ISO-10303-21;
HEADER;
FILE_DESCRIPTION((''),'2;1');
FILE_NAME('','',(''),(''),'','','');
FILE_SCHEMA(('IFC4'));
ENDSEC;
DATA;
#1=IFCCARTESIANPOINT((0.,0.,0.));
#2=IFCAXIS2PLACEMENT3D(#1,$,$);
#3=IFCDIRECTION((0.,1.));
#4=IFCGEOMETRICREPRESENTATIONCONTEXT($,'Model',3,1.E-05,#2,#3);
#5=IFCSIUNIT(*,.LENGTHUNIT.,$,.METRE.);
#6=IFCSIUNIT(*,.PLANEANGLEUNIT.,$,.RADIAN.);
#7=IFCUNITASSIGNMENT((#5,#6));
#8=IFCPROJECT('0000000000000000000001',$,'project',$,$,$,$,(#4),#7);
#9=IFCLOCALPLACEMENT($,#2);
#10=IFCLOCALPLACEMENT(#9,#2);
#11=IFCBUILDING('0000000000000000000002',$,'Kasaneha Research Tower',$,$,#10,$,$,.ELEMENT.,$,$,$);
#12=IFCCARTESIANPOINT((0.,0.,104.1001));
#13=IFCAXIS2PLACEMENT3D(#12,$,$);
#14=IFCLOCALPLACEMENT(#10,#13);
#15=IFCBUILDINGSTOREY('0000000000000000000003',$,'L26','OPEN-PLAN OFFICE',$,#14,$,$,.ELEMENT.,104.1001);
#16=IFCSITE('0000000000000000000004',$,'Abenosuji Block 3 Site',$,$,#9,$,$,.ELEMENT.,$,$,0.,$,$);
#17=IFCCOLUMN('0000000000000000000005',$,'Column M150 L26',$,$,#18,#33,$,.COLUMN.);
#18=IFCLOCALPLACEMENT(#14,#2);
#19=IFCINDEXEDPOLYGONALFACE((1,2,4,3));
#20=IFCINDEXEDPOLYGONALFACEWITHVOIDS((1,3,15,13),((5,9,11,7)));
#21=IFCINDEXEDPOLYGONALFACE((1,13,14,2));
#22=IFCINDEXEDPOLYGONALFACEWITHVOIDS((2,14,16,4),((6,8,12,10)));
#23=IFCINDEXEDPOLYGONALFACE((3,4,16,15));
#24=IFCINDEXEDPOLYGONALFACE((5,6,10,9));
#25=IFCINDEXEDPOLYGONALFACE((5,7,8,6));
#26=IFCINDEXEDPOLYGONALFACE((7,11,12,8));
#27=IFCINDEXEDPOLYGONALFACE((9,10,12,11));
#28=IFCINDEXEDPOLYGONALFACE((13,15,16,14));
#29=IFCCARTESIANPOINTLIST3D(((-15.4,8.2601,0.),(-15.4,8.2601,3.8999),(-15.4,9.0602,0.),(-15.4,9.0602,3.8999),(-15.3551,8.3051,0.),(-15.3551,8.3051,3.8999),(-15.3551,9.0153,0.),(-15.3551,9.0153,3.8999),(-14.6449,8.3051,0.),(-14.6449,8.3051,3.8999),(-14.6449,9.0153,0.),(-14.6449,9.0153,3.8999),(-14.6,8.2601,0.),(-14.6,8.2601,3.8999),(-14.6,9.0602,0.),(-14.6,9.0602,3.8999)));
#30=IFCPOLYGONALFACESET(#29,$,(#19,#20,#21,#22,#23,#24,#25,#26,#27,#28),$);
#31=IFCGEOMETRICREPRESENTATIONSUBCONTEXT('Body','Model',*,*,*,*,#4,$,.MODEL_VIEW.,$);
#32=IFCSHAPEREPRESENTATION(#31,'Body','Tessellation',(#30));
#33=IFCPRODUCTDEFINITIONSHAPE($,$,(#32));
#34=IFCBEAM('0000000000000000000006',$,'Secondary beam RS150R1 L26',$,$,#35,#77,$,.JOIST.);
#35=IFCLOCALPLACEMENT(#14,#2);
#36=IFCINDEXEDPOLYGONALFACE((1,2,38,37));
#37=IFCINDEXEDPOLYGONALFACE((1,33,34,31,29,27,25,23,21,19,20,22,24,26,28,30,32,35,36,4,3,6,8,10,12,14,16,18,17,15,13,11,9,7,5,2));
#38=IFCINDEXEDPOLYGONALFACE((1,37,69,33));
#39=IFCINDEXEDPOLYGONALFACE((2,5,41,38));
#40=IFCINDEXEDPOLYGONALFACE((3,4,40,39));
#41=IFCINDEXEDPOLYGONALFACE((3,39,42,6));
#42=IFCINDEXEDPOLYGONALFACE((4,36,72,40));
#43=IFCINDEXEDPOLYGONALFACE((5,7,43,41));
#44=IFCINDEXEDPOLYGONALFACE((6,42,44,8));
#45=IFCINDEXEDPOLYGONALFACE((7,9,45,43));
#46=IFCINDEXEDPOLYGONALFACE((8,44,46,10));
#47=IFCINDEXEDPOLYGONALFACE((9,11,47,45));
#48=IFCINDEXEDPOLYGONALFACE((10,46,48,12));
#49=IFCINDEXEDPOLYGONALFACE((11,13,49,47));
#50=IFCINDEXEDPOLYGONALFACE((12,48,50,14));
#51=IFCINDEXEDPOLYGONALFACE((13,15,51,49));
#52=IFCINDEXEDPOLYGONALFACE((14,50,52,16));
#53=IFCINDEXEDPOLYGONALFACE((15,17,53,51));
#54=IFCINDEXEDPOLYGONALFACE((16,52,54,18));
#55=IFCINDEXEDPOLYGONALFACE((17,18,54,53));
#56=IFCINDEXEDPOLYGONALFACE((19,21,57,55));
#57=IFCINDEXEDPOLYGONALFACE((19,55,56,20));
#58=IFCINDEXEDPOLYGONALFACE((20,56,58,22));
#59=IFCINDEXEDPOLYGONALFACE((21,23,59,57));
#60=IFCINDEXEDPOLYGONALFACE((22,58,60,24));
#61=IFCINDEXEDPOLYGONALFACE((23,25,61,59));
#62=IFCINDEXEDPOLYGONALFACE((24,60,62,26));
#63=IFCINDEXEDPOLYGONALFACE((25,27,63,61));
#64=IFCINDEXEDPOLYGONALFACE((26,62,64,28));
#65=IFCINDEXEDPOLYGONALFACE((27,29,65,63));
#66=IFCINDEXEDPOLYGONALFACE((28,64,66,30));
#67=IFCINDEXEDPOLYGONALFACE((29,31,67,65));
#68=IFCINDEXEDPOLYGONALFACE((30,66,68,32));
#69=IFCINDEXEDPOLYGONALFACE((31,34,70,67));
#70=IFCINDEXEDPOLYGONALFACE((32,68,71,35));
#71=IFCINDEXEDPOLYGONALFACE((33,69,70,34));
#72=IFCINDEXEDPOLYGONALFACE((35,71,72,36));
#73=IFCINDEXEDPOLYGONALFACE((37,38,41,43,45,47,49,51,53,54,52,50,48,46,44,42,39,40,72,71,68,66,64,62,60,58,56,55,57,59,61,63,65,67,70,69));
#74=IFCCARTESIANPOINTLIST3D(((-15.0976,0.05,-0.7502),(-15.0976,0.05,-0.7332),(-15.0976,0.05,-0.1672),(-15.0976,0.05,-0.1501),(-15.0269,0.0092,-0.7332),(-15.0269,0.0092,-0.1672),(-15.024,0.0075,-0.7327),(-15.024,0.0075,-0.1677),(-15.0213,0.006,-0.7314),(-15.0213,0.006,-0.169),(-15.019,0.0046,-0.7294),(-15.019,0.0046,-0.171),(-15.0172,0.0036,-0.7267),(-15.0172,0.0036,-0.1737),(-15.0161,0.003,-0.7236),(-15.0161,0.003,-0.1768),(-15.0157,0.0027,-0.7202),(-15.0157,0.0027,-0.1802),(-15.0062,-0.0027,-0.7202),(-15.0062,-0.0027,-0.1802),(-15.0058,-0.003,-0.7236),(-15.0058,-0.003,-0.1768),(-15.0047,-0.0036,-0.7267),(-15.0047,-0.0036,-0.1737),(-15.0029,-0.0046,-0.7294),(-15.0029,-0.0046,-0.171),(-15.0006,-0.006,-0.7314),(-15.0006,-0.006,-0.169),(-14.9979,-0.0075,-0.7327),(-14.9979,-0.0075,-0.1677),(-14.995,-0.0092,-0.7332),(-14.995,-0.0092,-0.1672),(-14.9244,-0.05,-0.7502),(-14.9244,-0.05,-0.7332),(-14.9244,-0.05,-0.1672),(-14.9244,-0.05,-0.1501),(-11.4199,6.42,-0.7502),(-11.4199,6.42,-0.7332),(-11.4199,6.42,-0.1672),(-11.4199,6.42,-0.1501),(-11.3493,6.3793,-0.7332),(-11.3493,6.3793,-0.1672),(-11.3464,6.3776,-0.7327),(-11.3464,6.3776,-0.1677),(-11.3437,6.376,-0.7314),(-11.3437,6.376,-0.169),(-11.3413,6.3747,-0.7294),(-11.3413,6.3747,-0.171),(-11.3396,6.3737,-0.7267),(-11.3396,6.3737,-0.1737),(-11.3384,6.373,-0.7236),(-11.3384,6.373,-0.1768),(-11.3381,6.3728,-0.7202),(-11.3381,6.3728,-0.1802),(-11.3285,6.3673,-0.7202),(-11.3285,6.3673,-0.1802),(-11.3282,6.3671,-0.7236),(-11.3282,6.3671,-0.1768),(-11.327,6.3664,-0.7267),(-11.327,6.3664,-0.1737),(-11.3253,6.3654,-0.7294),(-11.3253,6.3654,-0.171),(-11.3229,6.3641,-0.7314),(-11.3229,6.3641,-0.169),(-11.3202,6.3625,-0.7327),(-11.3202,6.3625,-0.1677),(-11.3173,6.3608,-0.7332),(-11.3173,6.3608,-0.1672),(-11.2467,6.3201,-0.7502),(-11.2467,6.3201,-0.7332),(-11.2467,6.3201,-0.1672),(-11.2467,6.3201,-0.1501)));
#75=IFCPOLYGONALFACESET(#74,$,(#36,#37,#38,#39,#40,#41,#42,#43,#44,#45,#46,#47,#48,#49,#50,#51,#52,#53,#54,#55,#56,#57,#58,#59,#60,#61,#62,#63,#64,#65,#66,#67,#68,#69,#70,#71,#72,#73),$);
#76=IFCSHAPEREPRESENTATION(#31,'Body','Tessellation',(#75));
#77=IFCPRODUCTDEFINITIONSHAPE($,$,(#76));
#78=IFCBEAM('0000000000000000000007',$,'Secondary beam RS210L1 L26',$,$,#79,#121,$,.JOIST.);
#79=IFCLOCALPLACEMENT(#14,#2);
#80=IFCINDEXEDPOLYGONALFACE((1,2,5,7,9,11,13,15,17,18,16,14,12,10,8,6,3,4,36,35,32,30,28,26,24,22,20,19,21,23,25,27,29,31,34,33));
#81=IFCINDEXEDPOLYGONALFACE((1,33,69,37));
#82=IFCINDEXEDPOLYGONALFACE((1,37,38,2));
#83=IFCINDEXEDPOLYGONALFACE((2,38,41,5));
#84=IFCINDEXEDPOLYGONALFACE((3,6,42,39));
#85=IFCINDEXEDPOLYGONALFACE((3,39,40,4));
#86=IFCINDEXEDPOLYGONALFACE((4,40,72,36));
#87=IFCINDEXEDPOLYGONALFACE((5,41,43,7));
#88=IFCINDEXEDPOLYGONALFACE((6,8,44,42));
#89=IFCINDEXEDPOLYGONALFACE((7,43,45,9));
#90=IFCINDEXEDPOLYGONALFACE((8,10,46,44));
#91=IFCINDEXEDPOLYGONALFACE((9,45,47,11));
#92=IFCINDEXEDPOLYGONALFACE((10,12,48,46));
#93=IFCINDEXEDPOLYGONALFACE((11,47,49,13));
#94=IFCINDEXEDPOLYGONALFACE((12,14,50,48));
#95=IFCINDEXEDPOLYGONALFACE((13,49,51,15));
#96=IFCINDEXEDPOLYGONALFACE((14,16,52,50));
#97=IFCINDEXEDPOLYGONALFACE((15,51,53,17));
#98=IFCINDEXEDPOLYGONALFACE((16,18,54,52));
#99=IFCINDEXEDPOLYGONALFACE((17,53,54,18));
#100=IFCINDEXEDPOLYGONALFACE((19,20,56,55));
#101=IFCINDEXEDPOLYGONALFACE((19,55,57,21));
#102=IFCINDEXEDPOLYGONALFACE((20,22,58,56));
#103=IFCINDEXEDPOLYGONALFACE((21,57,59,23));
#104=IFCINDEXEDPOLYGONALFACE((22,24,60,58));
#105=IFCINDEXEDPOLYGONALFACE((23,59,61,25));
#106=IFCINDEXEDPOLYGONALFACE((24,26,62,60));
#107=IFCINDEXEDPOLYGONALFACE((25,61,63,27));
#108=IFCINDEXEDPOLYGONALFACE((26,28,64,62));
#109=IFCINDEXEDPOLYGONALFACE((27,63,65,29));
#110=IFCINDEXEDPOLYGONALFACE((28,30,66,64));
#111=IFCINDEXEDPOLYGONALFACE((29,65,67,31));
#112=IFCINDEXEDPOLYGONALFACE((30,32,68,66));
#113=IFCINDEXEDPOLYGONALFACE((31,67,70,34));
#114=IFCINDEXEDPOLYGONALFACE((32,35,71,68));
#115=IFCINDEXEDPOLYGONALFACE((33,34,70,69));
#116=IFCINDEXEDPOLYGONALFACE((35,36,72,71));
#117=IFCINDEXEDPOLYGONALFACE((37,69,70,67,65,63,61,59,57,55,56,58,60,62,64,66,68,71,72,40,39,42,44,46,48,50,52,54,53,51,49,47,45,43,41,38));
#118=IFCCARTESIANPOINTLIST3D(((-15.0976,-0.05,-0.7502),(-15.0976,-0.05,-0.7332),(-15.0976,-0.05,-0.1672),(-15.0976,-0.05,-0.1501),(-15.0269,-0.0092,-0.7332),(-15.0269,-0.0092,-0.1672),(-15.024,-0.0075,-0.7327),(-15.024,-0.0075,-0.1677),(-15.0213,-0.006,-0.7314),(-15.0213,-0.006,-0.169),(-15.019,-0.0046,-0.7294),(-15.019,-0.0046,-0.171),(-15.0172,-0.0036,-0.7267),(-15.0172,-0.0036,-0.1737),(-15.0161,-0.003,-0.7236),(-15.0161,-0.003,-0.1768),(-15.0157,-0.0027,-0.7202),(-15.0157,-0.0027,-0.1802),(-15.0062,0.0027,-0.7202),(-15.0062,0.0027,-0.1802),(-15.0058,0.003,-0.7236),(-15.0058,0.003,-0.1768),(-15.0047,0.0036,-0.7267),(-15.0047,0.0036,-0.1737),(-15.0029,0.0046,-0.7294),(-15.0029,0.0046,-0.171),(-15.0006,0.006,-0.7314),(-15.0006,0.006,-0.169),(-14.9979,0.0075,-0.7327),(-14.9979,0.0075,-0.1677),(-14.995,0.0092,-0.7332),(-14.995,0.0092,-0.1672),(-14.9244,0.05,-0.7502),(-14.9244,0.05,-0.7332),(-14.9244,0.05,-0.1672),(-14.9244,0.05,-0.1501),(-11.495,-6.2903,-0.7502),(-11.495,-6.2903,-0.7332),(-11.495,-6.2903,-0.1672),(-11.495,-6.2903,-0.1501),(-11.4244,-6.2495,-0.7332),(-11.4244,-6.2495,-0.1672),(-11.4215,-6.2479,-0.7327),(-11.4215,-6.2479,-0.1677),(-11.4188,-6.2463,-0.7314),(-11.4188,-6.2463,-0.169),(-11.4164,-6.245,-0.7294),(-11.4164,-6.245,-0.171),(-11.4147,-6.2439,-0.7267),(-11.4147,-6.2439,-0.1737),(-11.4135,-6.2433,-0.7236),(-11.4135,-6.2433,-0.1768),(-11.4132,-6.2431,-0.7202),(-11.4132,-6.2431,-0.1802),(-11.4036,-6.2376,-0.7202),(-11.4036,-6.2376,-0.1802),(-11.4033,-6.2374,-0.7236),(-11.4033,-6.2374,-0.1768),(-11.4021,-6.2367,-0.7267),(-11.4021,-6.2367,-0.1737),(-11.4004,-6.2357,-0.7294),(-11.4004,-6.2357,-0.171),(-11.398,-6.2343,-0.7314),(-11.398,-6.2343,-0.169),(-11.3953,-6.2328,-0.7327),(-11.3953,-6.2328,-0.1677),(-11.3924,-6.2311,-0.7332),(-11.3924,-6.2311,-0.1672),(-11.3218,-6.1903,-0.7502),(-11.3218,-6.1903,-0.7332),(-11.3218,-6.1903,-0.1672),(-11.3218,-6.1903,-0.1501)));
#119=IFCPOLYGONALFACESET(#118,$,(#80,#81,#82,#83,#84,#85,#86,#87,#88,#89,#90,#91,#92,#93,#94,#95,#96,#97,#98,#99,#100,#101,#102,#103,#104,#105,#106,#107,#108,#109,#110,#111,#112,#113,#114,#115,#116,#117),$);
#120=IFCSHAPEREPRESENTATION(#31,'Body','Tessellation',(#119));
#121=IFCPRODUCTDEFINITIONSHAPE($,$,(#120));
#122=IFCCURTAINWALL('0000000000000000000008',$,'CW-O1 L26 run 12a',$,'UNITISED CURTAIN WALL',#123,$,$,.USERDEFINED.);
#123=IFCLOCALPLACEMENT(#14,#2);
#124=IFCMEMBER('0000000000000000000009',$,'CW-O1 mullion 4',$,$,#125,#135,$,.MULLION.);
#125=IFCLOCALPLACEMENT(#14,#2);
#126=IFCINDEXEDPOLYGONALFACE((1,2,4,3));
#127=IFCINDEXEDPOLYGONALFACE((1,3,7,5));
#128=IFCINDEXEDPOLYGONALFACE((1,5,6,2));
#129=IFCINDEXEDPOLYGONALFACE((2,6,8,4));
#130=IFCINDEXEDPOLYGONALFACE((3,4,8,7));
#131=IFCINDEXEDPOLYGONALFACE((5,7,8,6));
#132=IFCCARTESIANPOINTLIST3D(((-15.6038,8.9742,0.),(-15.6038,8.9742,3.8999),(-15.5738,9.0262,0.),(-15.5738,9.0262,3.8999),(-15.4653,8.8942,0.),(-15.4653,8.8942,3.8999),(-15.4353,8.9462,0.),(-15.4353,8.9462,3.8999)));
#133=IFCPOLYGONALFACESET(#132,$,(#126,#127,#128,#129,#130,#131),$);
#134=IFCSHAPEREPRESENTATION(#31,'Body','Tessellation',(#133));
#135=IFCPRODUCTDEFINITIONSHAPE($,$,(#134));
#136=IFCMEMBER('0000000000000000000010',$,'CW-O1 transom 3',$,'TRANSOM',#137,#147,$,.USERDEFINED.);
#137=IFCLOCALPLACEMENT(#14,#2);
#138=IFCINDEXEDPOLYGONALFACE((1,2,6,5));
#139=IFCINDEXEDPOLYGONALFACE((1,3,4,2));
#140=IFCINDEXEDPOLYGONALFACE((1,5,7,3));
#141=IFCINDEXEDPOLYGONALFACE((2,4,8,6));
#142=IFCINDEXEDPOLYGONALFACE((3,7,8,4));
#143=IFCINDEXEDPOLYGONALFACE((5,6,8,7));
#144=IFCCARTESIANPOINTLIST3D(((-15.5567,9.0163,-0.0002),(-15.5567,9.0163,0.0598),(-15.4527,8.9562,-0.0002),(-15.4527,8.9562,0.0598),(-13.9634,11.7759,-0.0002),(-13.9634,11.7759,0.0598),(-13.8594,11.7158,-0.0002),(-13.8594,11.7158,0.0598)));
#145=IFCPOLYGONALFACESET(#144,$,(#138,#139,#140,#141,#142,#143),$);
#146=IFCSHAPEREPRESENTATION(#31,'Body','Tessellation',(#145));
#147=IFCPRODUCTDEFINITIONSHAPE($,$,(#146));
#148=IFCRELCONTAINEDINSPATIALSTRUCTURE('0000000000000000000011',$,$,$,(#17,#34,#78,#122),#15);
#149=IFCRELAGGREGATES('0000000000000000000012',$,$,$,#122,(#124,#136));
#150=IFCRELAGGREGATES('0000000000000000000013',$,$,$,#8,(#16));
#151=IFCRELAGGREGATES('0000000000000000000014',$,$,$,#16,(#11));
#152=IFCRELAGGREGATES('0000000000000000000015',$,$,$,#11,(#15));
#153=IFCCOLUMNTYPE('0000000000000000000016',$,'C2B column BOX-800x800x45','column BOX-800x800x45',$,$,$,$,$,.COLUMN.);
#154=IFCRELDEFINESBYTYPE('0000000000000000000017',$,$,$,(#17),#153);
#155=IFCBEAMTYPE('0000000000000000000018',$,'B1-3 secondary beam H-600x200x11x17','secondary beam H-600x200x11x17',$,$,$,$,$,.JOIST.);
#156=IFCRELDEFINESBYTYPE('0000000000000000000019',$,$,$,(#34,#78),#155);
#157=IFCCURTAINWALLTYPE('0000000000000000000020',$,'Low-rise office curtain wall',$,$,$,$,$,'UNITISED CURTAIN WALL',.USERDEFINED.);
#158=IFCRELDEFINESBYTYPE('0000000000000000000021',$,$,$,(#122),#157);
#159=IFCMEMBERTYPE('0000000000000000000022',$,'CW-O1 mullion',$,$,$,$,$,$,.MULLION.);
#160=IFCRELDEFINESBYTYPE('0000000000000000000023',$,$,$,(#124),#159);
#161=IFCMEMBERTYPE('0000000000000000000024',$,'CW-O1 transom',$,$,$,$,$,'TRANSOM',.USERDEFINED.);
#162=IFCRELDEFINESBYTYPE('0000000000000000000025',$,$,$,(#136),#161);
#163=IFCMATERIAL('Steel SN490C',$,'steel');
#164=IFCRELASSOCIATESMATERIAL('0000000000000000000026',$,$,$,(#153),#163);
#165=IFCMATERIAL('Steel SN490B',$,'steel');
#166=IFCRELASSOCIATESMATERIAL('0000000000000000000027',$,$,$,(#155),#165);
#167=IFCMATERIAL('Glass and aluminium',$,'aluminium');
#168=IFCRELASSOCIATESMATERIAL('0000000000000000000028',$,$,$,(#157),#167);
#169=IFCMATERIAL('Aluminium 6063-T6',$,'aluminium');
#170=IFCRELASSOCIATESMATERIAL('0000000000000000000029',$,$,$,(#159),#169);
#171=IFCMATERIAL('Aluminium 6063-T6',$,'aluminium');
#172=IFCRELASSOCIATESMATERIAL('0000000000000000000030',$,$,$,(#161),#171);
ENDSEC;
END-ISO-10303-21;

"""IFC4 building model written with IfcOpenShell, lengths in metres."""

from ifc_helpers import new_model, si_unit, direction, frame, origin, origin_2d, place, context, subcontext, project, spatial, rectangle, hollow_rectangle, i_section, extrude, material, material_profile, profile_set, type_object, element, aggregate, save


model = new_model("IFC4")

# Units and contexts
model_context = context("Model", 3, precision=1e-05, world=origin(), true_north=direction((0.0, 1.0)))
body_context = subcontext(model_context, "Body", "Model", "MODEL_VIEW")
ifc_project = project(units=[si_unit("LENGTHUNIT", "METRE"), si_unit("PLANEANGLEUNIT", "RADIAN")], contexts=[model_context])

# Site, building, storey
site_placement = place(None, origin())
site = spatial("IfcSite", under=ifc_project, at=site_placement, Name="Abenosuji Block 3 Site", CompositionType="ELEMENT", RefElevation=0.0)
building_placement = place(site_placement, origin())
building = spatial("IfcBuilding", under=site, at=building_placement, Name="Kasaneha Research Tower", CompositionType="ELEMENT")
storey_placement = place(building_placement, frame((0.0, 0.0, 104.1001)))
storey = spatial("IfcBuildingStorey", under=building, at=storey_placement, Name="L26", Description="OPEN-PLAN OFFICE", CompositionType="ELEMENT", Elevation=104.1001)

# Column
ifc_material_1 = material(Name="Steel SN490C", Category="steel")
ifc_material_profile_1 = material_profile(ifc_material_1, hollow_rectangle(XDim=0.8, YDim=0.8, WallThickness=0.0449, at=origin_2d()), Name="BOX-800x800x45")
ifc_profile_set_1 = profile_set([ifc_material_profile_1], Name="Steel SN490C")
column_type = type_object("IfcColumnType", Name="C2B column BOX-800x800x45", Description="column BOX-800x800x45", PredefinedType="COLUMN", material=ifc_profile_set_1)
column_placement = place(storey_placement, frame((-15.0, 8.6602, 0.0), z_axis=(0.0, 0.0, 1.0), x_axis=(1.0, 0.0, 0.0)))
element("IfcColumn", 1, at=column_placement, inside=storey, type_object=column_type, Name="Column M150 L26", PredefinedType="COLUMN", context=body_context, shape_type="SweptSolid", body=[
    extrude(hollow_rectangle(XDim=0.8, YDim=0.8, WallThickness=0.0449, at=origin_2d()), origin(), (0.0, 0.0, 1.0), 3.8999),
])

# Beams
ifc_material_2 = material(Name="Steel SN490B", Category="steel")
ifc_material_profile_2 = material_profile(ifc_material_2, i_section(OverallWidth=0.2, OverallDepth=0.6001, WebThickness=0.011, FlangeThickness=0.0171, FilletRadius=0.0129, at=origin_2d()), Name="H-600x200x11x17")
ifc_profile_set_2 = profile_set([ifc_material_profile_2], Name="Steel SN490B")
beam_type_1 = type_object("IfcBeamType", Name="B1-3 secondary beam H-600x200x11x17", Description="secondary beam H-600x200x11x17", PredefinedType="JOIST", material=ifc_profile_set_2)
beam_1_placement = place(storey_placement, frame((-15.011, 0.0, -0.4502), z_axis=(0.499994, 0.866029, 0.0), x_axis=(-0.866029, 0.499994, 0.0)))
element("IfcBeam", 2, at=beam_1_placement, inside=storey, type_object=beam_type_1, Name="Secondary beam RS150R1 L26", PredefinedType="JOIST", context=body_context, shape_type="SweptSolid", body=[
    extrude(i_section(OverallWidth=0.2, OverallDepth=0.6001, WebThickness=0.011, FlangeThickness=0.0171, FilletRadius=0.0129, at=origin_2d()), origin(), (0.0, 0.0, 1.0), 7.3555),
])
beam_2_placement = place(storey_placement, frame((-15.011, 0.0, -0.4502), z_axis=(0.499973, -0.866041, 0.0), x_axis=(0.866041, 0.499973, 0.0)))
element("IfcBeam", 3, at=beam_2_placement, inside=storey, type_object=beam_type_1, Name="Secondary beam RS210L1 L26", PredefinedType="JOIST", context=body_context, shape_type="SweptSolid", body=[
    extrude(i_section(OverallWidth=0.2, OverallDepth=0.6001, WebThickness=0.011, FlangeThickness=0.0171, FilletRadius=0.0129, at=origin_2d()), origin(), (0.0, 0.0, 1.0), 7.2056),
])

# Curtain wall, members
ifc_material_3 = material(Name="Glass and aluminium", Category="aluminium")
curtain_wall_type = type_object("IfcCurtainWallType", Name="Low-rise office curtain wall", ElementType="UNITISED CURTAIN WALL", PredefinedType="USERDEFINED", material=ifc_material_3)
curtain_wall_placement = place(storey_placement, origin())
curtain_wall = element("IfcCurtainWall", 4, at=curtain_wall_placement, inside=storey, type_object=curtain_wall_type, Name="CW-O1 L26 run 12a", ObjectType="UNITISED CURTAIN WALL", PredefinedType="USERDEFINED")
ifc_material_4 = material(Name="Aluminium 6063-T6", Category="aluminium")
ifc_material_profile_3 = material_profile(ifc_material_4, rectangle(XDim=0.0601, YDim=0.1599, at=origin_2d()), Name="CW-O1 mullion 60x160")
ifc_profile_set_3 = profile_set([ifc_material_profile_3], Name="Aluminium 6063-T6")
member_type_1 = type_object("IfcMemberType", Name="CW-O1 mullion", PredefinedType="MULLION", material=ifc_profile_set_3)
member_1_placement = place(storey_placement, frame((-15.5195, 8.9602, 0.0), z_axis=(0.0, 0.0, 1.0), x_axis=(-0.5, -0.866025, 0.0)))
member_1 = element("IfcMember", 5, at=member_1_placement, type_object=member_type_1, Name="CW-O1 mullion 4", PredefinedType="MULLION", context=body_context, shape_type="SweptSolid", body=[
    extrude(rectangle(XDim=0.0601, YDim=0.1599, at=origin_2d()), origin(), (0.0, 0.0, 1.0), 3.8999),
])
ifc_material_5 = material(Name="Aluminium 6063-T6", Category="aluminium")
ifc_material_profile_4 = material_profile(ifc_material_5, rectangle(XDim=0.1201, YDim=0.0601, at=origin_2d()), Name="CW-O1 transom 120x60")
ifc_profile_set_4 = profile_set([ifc_material_profile_4], Name="Aluminium 6063-T6")
member_type_2 = type_object("IfcMemberType", Name="CW-O1 transom", ElementType="TRANSOM", PredefinedType="USERDEFINED", material=ifc_profile_set_4)
member_2_placement = place(storey_placement, frame((-13.9114, 11.7458, 0.0298), z_axis=(-0.500012, -0.866018, 0.0), x_axis=(0.866018, -0.500012, 0.0)))
member_2 = element("IfcMember", 6, at=member_2_placement, type_object=member_type_2, Name="CW-O1 transom 3", ObjectType="TRANSOM", PredefinedType="USERDEFINED", context=body_context, shape_type="SweptSolid", body=[
    extrude(rectangle(XDim=0.1201, YDim=0.0601, at=origin_2d()), origin(), (0.0, 0.0, 1.0), 3.1865),
])

aggregate(curtain_wall, [member_1, member_2])

save(model, "model.ifc")
